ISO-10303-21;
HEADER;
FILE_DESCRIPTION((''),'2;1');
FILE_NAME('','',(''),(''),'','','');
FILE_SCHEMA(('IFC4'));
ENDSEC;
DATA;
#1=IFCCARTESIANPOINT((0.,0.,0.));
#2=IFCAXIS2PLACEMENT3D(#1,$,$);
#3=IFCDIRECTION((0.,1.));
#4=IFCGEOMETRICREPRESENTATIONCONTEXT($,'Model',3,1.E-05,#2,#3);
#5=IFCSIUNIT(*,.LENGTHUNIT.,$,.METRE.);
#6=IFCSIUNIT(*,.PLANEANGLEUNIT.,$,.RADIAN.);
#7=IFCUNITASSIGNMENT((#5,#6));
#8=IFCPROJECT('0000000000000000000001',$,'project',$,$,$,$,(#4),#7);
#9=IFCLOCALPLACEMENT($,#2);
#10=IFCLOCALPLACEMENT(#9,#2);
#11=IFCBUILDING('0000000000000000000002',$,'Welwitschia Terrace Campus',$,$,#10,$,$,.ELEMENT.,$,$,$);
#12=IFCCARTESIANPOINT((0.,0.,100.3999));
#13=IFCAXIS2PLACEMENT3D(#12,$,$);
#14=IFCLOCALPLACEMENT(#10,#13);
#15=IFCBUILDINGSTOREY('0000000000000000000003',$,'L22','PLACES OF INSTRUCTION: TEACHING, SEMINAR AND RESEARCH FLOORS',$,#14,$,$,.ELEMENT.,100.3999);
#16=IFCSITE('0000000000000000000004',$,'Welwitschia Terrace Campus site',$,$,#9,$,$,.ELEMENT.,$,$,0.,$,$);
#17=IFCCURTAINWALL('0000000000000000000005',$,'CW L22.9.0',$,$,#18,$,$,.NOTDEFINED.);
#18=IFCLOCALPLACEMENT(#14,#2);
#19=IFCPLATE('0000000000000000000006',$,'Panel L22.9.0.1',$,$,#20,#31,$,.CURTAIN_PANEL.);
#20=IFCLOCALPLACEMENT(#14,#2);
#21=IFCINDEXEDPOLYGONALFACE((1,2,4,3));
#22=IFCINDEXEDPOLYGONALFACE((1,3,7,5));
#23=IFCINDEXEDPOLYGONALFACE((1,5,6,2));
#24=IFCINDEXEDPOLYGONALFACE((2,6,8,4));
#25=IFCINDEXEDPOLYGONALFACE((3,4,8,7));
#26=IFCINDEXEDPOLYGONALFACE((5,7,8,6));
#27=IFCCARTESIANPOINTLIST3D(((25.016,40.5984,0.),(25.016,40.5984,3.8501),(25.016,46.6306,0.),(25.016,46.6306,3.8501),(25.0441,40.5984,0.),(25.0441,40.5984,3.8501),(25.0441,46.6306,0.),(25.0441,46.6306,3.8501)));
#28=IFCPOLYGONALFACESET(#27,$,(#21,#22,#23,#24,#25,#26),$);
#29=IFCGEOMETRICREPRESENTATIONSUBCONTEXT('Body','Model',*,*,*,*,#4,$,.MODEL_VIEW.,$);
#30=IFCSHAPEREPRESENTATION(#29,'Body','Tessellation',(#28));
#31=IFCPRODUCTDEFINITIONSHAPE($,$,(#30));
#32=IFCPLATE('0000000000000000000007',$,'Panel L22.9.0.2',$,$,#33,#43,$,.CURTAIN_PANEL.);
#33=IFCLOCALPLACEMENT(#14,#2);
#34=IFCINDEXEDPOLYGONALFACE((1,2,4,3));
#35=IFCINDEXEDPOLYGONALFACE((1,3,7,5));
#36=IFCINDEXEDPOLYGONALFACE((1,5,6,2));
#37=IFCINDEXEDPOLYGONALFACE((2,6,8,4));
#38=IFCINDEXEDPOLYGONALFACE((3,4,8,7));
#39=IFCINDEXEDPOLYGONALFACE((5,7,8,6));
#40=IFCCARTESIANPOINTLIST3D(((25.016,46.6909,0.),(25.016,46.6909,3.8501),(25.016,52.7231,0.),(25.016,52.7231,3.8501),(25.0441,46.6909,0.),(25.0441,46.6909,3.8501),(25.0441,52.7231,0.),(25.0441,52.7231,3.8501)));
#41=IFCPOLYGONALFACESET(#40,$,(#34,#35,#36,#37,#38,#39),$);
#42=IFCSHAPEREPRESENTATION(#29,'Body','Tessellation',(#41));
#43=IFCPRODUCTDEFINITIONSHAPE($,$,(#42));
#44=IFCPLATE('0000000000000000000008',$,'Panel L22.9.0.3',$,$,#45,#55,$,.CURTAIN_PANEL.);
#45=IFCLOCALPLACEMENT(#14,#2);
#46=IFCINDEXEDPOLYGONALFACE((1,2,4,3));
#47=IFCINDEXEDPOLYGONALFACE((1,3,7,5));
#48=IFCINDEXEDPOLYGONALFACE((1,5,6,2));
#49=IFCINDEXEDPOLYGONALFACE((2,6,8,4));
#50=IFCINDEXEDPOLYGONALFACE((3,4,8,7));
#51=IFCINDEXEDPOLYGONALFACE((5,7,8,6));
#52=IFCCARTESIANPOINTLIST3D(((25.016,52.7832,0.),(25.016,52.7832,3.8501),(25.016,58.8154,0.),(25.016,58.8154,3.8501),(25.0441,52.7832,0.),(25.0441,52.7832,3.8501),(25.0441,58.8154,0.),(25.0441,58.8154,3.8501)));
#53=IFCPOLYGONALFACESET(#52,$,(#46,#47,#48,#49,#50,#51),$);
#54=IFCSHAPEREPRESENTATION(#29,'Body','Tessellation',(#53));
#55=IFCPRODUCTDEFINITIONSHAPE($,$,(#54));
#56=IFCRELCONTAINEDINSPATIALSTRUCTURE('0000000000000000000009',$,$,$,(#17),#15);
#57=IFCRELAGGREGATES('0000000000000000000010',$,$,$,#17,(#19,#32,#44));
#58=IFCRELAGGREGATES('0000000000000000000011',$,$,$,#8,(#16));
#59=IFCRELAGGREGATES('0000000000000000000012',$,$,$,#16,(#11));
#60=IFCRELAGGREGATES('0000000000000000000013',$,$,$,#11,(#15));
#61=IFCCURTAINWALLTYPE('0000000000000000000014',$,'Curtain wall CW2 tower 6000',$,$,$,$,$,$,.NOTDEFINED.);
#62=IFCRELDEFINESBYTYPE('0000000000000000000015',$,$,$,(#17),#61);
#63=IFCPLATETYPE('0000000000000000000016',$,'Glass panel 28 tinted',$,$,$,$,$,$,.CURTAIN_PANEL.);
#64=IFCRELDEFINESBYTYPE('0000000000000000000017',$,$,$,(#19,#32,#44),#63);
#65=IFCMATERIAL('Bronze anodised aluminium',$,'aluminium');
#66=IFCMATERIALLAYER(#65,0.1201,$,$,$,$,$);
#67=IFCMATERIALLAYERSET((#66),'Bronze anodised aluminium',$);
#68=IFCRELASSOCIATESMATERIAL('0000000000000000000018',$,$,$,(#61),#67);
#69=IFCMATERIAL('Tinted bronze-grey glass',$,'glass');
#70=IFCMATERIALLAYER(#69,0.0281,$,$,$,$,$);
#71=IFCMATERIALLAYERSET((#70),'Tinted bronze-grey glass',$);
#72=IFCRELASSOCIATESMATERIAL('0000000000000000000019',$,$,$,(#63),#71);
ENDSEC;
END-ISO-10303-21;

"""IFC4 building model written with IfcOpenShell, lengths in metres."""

from ifc_helpers import new_model, si_unit, direction, frame, origin, origin_2d, place, context, subcontext, project, spatial, rectangle, extrude, material, layer, layer_set, type_object, element, aggregate, save


model = new_model("IFC4")

# Units and contexts
model_context = context("Model", 3, precision=1e-05, world=origin(), true_north=direction((0.0, 1.0)))
body_context = subcontext(model_context, "Body", "Model", "MODEL_VIEW")
ifc_project = project(units=[si_unit("LENGTHUNIT", "METRE"), si_unit("PLANEANGLEUNIT", "RADIAN")], contexts=[model_context])

# Site, building, storey
site_placement = place(None, origin())
site = spatial("IfcSite", under=ifc_project, at=site_placement, Name="Welwitschia Terrace Campus site", CompositionType="ELEMENT", RefElevation=0.0)
building_placement = place(site_placement, origin())
building = spatial("IfcBuilding", under=site, at=building_placement, Name="Welwitschia Terrace Campus", CompositionType="ELEMENT")
storey_placement = place(building_placement, frame((0.0, 0.0, 100.3999)))
storey = spatial("IfcBuildingStorey", under=building, at=storey_placement, Name="L22", Description="PLACES OF INSTRUCTION: TEACHING, SEMINAR AND RESEARCH FLOORS", CompositionType="ELEMENT", Elevation=100.3999)

# Curtain wall
ifc_material_1 = material(Name="Bronze anodised aluminium", Category="aluminium")
ifc_layer_1 = layer(ifc_material_1, 0.1201)
ifc_layer_set_1 = layer_set([ifc_layer_1], Name="Bronze anodised aluminium")
curtain_wall_type = type_object("IfcCurtainWallType", Name="Curtain wall CW2 tower 6000", PredefinedType="NOTDEFINED", material=ifc_layer_set_1)
curtain_wall_placement = place(storey_placement, origin())
curtain_wall = element("IfcCurtainWall", 1, at=curtain_wall_placement, inside=storey, type_object=curtain_wall_type, Name="CW L22.9.0", PredefinedType="NOTDEFINED")

# Plates
ifc_material_2 = material(Name="Tinted bronze-grey glass", Category="glass")
ifc_layer_2 = layer(ifc_material_2, 0.0281)
ifc_layer_set_2 = layer_set([ifc_layer_2], Name="Tinted bronze-grey glass")
plate_type = type_object("IfcPlateType", Name="Glass panel 28 tinted", PredefinedType="CURTAIN_PANEL", material=ifc_layer_set_2)
plate_1_placement = place(storey_placement, frame((25.03, 43.6145, 0.0), z_axis=(0.0, 0.0, 1.0), x_axis=(0.0, 1.0, 0.0)))
plate_1 = element("IfcPlate", 2, at=plate_1_placement, type_object=plate_type, Name="Panel L22.9.0.1", PredefinedType="CURTAIN_PANEL", context=body_context, shape_type="SweptSolid", body=[
    extrude(rectangle(XDim=6.0322, YDim=0.0281, at=origin_2d()), origin(), (0.0, 0.0, 1.0), 3.8501),
])
plate_2_placement = place(storey_placement, frame((25.03, 49.707, 0.0), z_axis=(0.0, 0.0, 1.0), x_axis=(0.0, 1.0, 0.0)))
plate_2 = element("IfcPlate", 3, at=plate_2_placement, type_object=plate_type, Name="Panel L22.9.0.2", PredefinedType="CURTAIN_PANEL", context=body_context, shape_type="SweptSolid", body=[
    extrude(rectangle(XDim=6.0322, YDim=0.0281, at=origin_2d()), origin(), (0.0, 0.0, 1.0), 3.8501),
])
plate_3_placement = place(storey_placement, frame((25.03, 55.7993, 0.0), z_axis=(0.0, 0.0, 1.0), x_axis=(0.0, 1.0, 0.0)))
plate_3 = element("IfcPlate", 4, at=plate_3_placement, type_object=plate_type, Name="Panel L22.9.0.3", PredefinedType="CURTAIN_PANEL", context=body_context, shape_type="SweptSolid", body=[
    extrude(rectangle(XDim=6.0322, YDim=0.0281, at=origin_2d()), origin(), (0.0, 0.0, 1.0), 3.8501),
])
aggregate(curtain_wall, [plate_1, plate_2, plate_3])

save(model, "model.ifc")
